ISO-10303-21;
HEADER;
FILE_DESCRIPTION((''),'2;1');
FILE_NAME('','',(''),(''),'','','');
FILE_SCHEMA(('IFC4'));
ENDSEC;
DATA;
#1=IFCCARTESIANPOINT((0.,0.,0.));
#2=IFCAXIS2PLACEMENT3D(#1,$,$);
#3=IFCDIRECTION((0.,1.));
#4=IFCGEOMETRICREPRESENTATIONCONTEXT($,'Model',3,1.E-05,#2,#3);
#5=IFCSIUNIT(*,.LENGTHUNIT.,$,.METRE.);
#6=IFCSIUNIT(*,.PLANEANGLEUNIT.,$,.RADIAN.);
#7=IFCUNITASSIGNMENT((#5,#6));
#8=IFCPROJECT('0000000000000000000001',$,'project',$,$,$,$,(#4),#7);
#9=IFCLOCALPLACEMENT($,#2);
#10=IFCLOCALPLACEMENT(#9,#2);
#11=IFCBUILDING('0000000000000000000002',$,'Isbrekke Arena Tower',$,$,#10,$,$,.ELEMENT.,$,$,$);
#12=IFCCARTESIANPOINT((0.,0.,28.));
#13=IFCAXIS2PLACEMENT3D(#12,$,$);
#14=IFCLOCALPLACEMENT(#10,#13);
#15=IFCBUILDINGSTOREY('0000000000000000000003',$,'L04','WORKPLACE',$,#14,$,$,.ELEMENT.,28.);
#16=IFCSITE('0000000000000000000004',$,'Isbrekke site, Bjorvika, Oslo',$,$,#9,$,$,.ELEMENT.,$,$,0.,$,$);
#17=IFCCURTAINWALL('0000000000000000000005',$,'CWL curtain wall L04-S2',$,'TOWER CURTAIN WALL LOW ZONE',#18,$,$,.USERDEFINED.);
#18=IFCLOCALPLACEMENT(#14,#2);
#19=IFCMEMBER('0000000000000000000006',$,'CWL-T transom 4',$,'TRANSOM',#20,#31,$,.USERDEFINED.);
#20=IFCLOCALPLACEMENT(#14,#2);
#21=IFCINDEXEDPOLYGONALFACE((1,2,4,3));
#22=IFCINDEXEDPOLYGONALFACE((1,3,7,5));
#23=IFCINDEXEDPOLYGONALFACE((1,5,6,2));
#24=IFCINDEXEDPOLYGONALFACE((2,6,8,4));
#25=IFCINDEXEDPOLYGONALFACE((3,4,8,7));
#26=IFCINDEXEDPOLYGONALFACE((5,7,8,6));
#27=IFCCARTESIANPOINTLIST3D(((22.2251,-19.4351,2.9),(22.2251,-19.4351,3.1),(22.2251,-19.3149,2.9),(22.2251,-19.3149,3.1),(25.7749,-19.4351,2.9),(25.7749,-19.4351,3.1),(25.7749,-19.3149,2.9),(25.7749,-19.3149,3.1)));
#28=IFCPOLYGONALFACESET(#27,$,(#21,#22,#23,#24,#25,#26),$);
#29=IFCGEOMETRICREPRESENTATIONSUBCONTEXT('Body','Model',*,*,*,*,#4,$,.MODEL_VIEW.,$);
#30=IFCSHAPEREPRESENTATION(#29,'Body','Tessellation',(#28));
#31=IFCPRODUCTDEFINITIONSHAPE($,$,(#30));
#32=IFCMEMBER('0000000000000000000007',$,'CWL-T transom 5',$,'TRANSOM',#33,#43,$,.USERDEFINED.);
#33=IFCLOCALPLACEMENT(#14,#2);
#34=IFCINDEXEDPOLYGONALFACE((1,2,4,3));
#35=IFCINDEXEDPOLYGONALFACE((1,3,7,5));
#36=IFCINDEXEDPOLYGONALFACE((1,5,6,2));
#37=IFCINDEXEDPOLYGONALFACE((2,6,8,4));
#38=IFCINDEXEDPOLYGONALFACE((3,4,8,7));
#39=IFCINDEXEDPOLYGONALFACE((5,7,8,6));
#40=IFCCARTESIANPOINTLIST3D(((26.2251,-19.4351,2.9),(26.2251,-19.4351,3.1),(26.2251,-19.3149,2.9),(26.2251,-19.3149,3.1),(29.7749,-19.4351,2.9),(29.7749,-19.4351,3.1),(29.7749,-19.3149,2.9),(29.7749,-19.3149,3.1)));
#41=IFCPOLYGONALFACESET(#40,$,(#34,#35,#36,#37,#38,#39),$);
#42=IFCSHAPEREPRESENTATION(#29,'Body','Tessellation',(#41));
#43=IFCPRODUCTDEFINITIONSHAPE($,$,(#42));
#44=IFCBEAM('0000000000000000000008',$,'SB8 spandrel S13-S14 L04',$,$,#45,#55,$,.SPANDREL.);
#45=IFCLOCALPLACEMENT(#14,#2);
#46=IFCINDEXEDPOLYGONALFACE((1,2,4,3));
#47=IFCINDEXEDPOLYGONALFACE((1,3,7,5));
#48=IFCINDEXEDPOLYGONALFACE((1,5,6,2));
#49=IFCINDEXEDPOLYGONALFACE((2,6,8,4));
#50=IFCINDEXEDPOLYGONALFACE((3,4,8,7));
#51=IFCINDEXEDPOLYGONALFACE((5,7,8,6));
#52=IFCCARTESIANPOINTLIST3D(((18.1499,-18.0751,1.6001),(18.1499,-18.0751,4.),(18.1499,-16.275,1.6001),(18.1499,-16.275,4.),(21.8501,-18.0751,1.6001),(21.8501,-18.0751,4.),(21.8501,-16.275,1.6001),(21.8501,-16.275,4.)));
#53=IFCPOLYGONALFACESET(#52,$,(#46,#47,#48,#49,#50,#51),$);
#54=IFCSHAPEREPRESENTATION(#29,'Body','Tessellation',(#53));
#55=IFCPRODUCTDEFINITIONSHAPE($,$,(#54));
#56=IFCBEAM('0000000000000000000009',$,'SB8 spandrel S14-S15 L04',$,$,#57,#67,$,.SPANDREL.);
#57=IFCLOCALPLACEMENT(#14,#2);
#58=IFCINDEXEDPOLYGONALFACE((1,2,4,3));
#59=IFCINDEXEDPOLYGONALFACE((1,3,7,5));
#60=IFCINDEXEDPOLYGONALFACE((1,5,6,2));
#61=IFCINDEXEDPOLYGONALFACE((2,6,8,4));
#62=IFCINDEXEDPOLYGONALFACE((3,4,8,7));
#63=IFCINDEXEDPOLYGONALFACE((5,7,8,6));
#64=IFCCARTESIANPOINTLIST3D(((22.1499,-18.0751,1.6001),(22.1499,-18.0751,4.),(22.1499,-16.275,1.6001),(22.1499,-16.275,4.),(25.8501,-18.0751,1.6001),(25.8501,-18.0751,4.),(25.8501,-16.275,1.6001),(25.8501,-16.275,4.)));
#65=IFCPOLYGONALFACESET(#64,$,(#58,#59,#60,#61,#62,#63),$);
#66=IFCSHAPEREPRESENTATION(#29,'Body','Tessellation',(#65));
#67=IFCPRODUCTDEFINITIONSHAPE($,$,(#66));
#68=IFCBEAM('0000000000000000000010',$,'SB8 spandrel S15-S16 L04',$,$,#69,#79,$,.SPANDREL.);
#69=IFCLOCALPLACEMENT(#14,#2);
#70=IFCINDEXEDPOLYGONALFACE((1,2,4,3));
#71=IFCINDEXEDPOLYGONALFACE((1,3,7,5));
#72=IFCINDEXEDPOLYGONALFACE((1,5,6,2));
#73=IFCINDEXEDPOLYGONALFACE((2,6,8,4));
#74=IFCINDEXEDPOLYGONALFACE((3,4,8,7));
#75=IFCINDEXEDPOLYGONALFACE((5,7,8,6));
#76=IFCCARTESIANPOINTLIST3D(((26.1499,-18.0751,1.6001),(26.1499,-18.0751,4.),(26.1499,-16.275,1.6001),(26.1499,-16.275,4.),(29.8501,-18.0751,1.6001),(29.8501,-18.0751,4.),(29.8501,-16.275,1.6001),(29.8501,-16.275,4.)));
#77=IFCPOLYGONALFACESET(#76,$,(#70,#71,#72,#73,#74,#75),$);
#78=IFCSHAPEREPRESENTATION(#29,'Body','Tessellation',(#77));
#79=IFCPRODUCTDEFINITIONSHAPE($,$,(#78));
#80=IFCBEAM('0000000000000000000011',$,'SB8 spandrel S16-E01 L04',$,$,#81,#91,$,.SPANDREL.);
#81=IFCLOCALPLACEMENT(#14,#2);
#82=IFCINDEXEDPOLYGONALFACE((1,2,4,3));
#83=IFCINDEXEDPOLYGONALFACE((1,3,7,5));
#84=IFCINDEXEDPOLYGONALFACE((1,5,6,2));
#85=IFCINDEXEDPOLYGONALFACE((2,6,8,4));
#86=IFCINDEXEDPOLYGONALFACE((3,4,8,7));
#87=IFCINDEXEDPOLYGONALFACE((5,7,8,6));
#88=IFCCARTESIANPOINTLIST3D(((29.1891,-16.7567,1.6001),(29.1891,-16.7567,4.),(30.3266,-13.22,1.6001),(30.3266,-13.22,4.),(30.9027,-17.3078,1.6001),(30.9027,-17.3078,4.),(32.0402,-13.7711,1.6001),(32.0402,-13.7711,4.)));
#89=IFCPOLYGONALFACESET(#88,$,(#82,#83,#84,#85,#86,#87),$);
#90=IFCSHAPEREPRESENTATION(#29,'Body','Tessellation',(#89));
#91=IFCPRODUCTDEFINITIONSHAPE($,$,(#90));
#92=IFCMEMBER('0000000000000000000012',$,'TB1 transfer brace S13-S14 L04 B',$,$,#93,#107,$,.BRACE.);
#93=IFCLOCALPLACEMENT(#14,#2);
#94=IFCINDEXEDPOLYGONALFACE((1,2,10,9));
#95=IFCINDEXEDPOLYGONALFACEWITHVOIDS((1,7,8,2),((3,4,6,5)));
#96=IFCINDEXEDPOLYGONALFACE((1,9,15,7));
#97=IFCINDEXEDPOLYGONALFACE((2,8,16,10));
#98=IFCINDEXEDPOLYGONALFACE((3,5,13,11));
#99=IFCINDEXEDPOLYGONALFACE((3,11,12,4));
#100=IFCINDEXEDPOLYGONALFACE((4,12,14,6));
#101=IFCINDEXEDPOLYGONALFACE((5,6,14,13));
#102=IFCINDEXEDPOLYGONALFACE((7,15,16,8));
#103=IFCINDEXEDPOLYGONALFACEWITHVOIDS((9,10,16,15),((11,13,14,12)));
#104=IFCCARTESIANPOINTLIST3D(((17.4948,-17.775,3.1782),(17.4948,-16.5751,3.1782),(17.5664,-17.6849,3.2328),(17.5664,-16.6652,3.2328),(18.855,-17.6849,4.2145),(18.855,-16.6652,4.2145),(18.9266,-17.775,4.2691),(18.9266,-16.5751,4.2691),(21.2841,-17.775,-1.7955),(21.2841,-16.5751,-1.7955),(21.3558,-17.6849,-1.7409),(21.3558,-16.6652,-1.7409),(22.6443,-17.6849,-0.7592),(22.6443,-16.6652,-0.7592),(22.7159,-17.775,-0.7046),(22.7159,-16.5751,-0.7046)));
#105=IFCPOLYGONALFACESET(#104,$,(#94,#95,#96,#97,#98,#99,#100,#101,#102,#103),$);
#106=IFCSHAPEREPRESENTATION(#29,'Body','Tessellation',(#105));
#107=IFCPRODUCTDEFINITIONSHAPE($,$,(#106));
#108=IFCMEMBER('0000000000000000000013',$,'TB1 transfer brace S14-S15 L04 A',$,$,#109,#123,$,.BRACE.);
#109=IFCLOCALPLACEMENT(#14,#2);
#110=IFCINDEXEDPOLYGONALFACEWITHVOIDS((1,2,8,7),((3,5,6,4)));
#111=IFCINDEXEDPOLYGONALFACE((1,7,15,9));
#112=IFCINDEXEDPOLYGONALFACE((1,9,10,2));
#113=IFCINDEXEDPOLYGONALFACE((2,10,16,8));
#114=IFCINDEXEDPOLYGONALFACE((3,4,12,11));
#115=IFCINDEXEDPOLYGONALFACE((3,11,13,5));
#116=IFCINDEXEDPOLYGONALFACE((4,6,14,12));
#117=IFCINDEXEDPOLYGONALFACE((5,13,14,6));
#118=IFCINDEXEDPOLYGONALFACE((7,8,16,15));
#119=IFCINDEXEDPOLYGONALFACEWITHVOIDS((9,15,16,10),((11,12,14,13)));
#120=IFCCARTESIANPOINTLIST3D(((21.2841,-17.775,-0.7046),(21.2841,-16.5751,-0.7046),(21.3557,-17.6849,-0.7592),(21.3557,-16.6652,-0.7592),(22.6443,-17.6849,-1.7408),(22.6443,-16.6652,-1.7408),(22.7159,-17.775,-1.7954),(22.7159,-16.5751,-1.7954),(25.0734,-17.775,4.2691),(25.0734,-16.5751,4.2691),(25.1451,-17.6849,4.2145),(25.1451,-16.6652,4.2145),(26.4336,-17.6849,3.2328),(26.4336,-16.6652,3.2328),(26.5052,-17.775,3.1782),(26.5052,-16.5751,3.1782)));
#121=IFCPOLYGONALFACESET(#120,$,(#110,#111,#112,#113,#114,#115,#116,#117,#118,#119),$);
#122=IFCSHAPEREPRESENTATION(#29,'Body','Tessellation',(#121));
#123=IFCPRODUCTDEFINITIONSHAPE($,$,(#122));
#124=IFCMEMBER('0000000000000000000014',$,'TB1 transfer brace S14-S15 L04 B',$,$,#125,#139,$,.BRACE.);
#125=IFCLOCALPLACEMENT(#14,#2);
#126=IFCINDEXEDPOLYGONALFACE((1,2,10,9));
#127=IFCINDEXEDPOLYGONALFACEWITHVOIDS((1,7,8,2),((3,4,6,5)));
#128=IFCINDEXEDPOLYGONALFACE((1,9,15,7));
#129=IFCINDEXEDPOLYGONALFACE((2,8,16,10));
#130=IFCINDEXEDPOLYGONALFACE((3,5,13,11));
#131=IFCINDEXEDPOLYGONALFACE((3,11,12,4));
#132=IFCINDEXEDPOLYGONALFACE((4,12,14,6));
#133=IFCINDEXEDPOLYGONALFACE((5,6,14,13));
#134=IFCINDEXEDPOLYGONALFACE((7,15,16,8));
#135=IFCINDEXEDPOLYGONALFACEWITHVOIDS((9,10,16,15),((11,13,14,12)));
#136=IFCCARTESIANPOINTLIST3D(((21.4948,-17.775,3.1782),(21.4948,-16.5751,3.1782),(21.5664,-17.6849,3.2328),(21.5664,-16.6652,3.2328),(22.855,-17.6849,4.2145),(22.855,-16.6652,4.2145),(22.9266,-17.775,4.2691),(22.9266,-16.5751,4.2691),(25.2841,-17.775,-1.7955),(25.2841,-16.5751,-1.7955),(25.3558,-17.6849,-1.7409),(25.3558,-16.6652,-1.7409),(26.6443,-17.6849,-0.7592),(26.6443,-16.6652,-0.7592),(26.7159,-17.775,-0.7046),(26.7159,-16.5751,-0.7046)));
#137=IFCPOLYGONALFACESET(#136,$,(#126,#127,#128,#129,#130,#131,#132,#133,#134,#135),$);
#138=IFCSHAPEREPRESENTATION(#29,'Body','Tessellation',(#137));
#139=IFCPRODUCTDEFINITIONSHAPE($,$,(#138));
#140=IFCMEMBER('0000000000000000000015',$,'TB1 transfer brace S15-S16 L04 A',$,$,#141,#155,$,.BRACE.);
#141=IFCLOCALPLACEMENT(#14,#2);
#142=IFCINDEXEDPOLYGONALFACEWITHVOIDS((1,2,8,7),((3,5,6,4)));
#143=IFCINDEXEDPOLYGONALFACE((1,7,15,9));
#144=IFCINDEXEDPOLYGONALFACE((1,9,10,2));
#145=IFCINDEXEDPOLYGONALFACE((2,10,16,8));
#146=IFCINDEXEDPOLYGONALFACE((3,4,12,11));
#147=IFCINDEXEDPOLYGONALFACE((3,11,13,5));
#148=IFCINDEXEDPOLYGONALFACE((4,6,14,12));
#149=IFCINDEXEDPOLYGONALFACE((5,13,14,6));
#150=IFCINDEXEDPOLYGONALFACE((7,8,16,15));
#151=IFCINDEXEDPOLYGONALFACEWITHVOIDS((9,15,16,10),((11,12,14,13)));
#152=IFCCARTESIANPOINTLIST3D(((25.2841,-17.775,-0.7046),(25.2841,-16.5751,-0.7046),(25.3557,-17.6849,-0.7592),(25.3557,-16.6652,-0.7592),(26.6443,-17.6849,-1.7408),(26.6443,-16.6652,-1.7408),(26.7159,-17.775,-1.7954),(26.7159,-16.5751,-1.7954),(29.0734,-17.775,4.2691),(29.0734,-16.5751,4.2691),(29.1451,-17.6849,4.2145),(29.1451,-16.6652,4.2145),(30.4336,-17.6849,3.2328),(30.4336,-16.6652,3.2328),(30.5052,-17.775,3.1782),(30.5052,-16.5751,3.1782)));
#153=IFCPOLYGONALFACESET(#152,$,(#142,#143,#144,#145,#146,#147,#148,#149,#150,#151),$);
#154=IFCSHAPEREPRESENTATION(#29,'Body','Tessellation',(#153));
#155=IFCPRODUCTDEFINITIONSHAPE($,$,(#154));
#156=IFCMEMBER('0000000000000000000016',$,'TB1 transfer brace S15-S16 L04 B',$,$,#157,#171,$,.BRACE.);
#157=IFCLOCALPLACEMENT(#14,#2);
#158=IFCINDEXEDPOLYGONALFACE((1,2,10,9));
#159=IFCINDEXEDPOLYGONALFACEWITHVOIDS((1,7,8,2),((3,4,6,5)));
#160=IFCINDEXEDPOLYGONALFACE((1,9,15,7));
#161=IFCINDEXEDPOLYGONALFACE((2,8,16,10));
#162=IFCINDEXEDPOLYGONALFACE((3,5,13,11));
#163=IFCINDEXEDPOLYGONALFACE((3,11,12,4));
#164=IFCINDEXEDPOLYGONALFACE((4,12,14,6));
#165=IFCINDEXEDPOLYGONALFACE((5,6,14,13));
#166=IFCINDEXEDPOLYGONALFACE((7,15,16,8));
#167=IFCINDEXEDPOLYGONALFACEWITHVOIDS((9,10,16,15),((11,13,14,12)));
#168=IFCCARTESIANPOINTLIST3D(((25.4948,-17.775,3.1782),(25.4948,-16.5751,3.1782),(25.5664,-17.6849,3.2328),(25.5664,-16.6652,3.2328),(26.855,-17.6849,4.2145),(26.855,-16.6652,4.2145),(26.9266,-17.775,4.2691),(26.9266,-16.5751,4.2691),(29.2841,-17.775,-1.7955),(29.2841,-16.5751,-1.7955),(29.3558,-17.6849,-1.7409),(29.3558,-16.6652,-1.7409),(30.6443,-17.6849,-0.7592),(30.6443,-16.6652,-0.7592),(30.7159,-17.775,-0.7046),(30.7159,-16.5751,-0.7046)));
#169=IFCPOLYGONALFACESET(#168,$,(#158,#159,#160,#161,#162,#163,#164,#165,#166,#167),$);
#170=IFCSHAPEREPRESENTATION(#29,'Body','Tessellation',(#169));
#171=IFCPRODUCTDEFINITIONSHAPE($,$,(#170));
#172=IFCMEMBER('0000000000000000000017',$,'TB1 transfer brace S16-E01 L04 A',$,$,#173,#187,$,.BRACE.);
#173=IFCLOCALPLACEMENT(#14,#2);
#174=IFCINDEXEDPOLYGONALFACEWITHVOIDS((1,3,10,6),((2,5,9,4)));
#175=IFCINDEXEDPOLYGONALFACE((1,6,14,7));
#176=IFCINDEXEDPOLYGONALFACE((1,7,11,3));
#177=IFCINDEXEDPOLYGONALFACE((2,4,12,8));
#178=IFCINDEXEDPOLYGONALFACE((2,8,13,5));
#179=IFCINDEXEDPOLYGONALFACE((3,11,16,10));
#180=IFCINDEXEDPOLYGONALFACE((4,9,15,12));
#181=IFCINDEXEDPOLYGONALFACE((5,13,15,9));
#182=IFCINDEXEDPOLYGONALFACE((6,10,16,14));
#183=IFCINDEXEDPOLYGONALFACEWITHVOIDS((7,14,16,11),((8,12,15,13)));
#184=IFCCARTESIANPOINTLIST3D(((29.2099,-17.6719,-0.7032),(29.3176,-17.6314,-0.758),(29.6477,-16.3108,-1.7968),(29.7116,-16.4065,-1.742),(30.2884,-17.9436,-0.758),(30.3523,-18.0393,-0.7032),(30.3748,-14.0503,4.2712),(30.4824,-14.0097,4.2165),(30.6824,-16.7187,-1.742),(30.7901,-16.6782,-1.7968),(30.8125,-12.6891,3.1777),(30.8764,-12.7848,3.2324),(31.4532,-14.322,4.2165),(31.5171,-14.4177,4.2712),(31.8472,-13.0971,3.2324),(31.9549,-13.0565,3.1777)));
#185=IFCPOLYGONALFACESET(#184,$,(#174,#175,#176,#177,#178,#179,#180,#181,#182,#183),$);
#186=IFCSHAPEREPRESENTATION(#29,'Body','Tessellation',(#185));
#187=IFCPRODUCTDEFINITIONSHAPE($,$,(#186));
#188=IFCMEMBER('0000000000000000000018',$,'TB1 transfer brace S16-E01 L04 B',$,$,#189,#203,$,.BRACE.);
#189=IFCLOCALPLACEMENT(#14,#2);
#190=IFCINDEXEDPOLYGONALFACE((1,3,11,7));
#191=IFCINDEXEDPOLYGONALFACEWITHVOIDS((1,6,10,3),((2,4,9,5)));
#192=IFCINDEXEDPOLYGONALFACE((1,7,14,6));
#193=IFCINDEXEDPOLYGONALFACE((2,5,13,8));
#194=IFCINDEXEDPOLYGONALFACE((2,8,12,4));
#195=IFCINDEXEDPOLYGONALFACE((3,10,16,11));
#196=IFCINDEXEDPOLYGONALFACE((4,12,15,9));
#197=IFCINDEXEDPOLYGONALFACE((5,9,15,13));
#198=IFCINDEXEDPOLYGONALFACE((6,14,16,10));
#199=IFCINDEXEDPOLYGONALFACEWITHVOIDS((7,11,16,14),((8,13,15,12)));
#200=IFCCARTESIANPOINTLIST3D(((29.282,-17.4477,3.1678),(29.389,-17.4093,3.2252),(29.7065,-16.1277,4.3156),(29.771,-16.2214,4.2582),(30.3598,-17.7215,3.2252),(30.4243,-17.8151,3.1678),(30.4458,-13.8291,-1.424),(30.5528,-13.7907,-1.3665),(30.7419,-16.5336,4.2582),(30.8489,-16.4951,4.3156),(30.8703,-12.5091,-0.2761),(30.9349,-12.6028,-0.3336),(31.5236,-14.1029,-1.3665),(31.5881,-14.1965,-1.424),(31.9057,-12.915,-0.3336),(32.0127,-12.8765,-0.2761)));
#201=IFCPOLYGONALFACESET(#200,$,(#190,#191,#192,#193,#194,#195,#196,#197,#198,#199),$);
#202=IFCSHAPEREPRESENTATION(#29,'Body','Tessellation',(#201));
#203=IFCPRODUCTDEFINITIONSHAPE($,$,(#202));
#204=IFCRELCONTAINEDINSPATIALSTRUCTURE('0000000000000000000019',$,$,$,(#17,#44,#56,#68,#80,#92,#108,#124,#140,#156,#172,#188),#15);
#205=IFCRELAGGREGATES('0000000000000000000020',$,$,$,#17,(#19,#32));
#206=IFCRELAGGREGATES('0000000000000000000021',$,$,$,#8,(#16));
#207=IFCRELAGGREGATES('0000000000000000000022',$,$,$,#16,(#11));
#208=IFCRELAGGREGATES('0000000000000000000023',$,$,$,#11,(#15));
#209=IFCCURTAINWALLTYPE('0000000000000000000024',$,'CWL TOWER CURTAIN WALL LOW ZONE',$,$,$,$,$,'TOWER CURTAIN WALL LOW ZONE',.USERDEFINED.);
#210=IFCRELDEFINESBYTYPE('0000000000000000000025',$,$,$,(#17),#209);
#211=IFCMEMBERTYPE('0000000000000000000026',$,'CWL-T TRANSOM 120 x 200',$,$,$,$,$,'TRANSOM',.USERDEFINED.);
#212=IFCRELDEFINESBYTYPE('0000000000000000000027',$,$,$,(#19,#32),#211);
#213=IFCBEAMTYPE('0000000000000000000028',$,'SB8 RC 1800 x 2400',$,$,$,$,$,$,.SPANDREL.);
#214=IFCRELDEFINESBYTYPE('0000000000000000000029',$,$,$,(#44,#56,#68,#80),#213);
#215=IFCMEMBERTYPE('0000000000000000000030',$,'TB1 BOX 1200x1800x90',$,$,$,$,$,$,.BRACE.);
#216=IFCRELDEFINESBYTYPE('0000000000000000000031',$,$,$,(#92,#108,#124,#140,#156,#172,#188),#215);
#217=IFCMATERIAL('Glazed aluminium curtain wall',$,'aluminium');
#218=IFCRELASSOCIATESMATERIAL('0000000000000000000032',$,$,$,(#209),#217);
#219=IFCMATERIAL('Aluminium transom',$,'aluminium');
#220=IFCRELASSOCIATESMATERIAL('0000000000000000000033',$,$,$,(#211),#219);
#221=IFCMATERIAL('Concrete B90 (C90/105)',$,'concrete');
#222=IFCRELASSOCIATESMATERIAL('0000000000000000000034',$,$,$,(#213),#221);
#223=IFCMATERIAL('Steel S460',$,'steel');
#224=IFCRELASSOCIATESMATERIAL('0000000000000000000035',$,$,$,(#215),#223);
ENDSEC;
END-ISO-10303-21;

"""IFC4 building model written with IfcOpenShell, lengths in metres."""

from ifc_helpers import new_model, si_unit, direction, frame, origin, origin_2d, place, context, subcontext, project, spatial, rectangle, hollow_rectangle, extrude, material, material_profile, profile_set, type_object, element, aggregate, save


model = new_model("IFC4")

# Units and contexts
model_context = context("Model", 3, precision=1e-05, world=origin(), true_north=direction((0.0, 1.0)))
body_context = subcontext(model_context, "Body", "Model", "MODEL_VIEW")
ifc_project = project(units=[si_unit("LENGTHUNIT", "METRE"), si_unit("PLANEANGLEUNIT", "RADIAN")], contexts=[model_context])

# Site, building, storey
site_placement = place(None, origin())
site = spatial("IfcSite", under=ifc_project, at=site_placement, Name="Isbrekke site, Bjorvika, Oslo", CompositionType="ELEMENT", RefElevation=0.0)
building_placement = place(site_placement, origin())
building = spatial("IfcBuilding", under=site, at=building_placement, Name="Isbrekke Arena Tower", CompositionType="ELEMENT")
storey_placement = place(building_placement, frame((0.0, 0.0, 28.0)))
storey = spatial("IfcBuildingStorey", under=building, at=storey_placement, Name="L04", Description="WORKPLACE", CompositionType="ELEMENT", Elevation=28.0)

# Curtain wall, members
ifc_material_1 = material(Name="Glazed aluminium curtain wall", Category="aluminium")
curtain_wall_type = type_object("IfcCurtainWallType", Name="CWL TOWER CURTAIN WALL LOW ZONE", ElementType="TOWER CURTAIN WALL LOW ZONE", PredefinedType="USERDEFINED", material=ifc_material_1)
curtain_wall_placement = place(storey_placement, origin())
curtain_wall = element("IfcCurtainWall", 1, at=curtain_wall_placement, inside=storey, type_object=curtain_wall_type, Name="CWL curtain wall L04-S2", ObjectType="TOWER CURTAIN WALL LOW ZONE", PredefinedType="USERDEFINED")
ifc_material_2 = material(Name="Aluminium transom", Category="aluminium")
ifc_material_profile_1 = material_profile(ifc_material_2, rectangle(XDim=0.1201, YDim=0.2, at=origin_2d()), Name="TRANSOM 120X200")
ifc_profile_set_1 = profile_set([ifc_material_profile_1], Name="Aluminium transom")
member_type_1 = type_object("IfcMemberType", Name="CWL-T TRANSOM 120 x 200", ElementType="TRANSOM", PredefinedType="USERDEFINED", material=ifc_profile_set_1)
member_1_placement = place(storey_placement, frame((22.2251, -19.375, 3.0), z_axis=(1.0, 0.0, 0.0), x_axis=(0.0, 1.0, 0.0)))
member_1 = element("IfcMember", 2, at=member_1_placement, type_object=member_type_1, Name="CWL-T transom 4", ObjectType="TRANSOM", PredefinedType="USERDEFINED", context=body_context, shape_type="SweptSolid", body=[
    extrude(rectangle(XDim=0.1201, YDim=0.2, at=origin_2d()), origin(), (0.0, 0.0, 1.0), 3.5498),
])
member_2_placement = place(storey_placement, frame((26.2251, -19.375, 3.0), z_axis=(1.0, 0.0, 0.0), x_axis=(0.0, 1.0, 0.0)))
member_2 = element("IfcMember", 3, at=member_2_placement, type_object=member_type_1, Name="CWL-T transom 5", ObjectType="TRANSOM", PredefinedType="USERDEFINED", context=body_context, shape_type="SweptSolid", body=[
    extrude(rectangle(XDim=0.1201, YDim=0.2, at=origin_2d()), origin(), (0.0, 0.0, 1.0), 3.5498),
])

# Beams
ifc_material_3 = material(Name="Concrete B90 (C90/105)", Category="concrete")
ifc_material_profile_2 = material_profile(ifc_material_3, rectangle(XDim=1.8, YDim=2.3999, at=origin_2d()), Name="RC 1800x2400")
ifc_profile_set_2 = profile_set([ifc_material_profile_2], Name="Concrete B90 (C90/105)")
beam_type_1 = type_object("IfcBeamType", Name="SB8 RC 1800 x 2400", PredefinedType="SPANDREL", material=ifc_profile_set_2)
for number, where, z_axis, x_axis, name in (
    (4, (18.1499, -17.175, 2.8), (1.0, 0.0, 0.0), (0.0, 1.0, 0.0), "SB8 spandrel S13-S14 L04"),
    (5, (22.1499, -17.175, 2.8), (1.0, 0.0, 0.0), (0.0, 1.0, 0.0), "SB8 spandrel S14-S15 L04"),
    (6, (26.1499, -17.175, 2.8), (1.0, 0.0, 0.0), (0.0, 1.0, 0.0), "SB8 spandrel S15-S16 L04"),
):
    element("IfcBeam", number, at=place(storey_placement, frame(where, z_axis=z_axis, x_axis=x_axis)), inside=storey, type_object=beam_type_1, Name=name, PredefinedType="SPANDREL", context=body_context, shape_type="SweptSolid", body=[
        extrude(rectangle(XDim=1.8, YDim=2.3999, at=origin_2d()), origin(), (0.0, 0.0, 1.0), 3.7002),
    ])
beam_placement = place(storey_placement, frame((30.0459, -17.0322, 2.8), z_axis=(0.306175, 0.951975, 0.0), x_axis=(-0.951975, 0.306175, 0.0)))
element("IfcBeam", 7, at=beam_placement, inside=storey, type_object=beam_type_1, Name="SB8 spandrel S16-E01 L04", PredefinedType="SPANDREL", context=body_context, shape_type="SweptSolid", body=[
    extrude(rectangle(XDim=1.8, YDim=2.3999, at=origin_2d()), origin(), (0.0, 0.0, 1.0), 3.7151),
])

# Members
ifc_material_4 = material(Name="Steel S460", Category="steel")
ifc_material_profile_3 = material_profile(ifc_material_4, hollow_rectangle(XDim=1.2, YDim=1.8, WallThickness=0.0901, at=origin_2d()), Name="BOX 1200x1800x90")
ifc_profile_set_3 = profile_set([ifc_material_profile_3], Name="Steel S460")
member_type_2 = type_object("IfcMemberType", Name="TB1 BOX 1200x1800x90", PredefinedType="BRACE", material=ifc_profile_set_3)
for number, where, z_axis, x_axis, name in (
    (8, (18.2107, -17.175, 3.7236), (0.60603, 0.0, -0.795442), (0.0, 1.0, 0.0), "TB1 transfer brace S13-S14 L04 B"),
    (9, (22.0, -17.175, -1.25), (0.60603, 0.0, 0.795442), (0.0, 1.0, 0.0), "TB1 transfer brace S14-S15 L04 A"),
    (10, (22.2107, -17.175, 3.7236), (0.60603, 0.0, -0.795442), (0.0, 1.0, 0.0), "TB1 transfer brace S14-S15 L04 B"),
    (11, (26.0, -17.175, -1.25), (0.60603, 0.0, 0.795442), (0.0, 1.0, 0.0), "TB1 transfer brace S15-S16 L04 A"),
    (12, (26.2107, -17.175, 3.7236), (0.60603, 0.0, -0.795442), (0.0, 1.0, 0.0), "TB1 transfer brace S15-S16 L04 B"),
):
    element("IfcMember", number, at=place(storey_placement, frame(where, z_axis=z_axis, x_axis=x_axis)), inside=storey, type_object=member_type_2, Name=name, PredefinedType="BRACE", context=body_context, shape_type="SweptSolid", body=[
        extrude(hollow_rectangle(XDim=1.2, YDim=1.8, WallThickness=0.0901, at=origin_2d()), origin(), (0.0, 0.0, 1.0), 6.2527),
    ])
member_3_placement = place(storey_placement, frame((30.0, -17.175, -1.25), z_axis=(0.186, 0.578311, 0.79433), x_axis=(-0.951974, 0.30618, 0.0)))
element("IfcMember", 13, at=member_3_placement, inside=storey, type_object=member_type_2, Name="TB1 transfer brace S16-E01 L04 A", PredefinedType="BRACE", context=body_context, shape_type="SweptSolid", body=[
    extrude(hollow_rectangle(XDim=1.2, YDim=1.8, WallThickness=0.0901, at=origin_2d()), origin(), (0.0, 0.0, 1.0), 6.2625),
])
member_4_placement = place(storey_placement, frame((30.0654, -16.9714, 3.7417), z_axis=(0.195238, 0.607053, -0.770304), x_axis=(-0.951976, 0.306171, 0.0)))
element("IfcMember", 14, at=member_4_placement, inside=storey, type_object=member_type_2, Name="TB1 transfer brace S16-E01 L04 B", PredefinedType="BRACE", context=body_context, shape_type="SweptSolid", body=[
    extrude(hollow_rectangle(XDim=1.2, YDim=1.8, WallThickness=0.0901, at=origin_2d()), origin(), (0.0, 0.0, 1.0), 5.9609),
])

aggregate(curtain_wall, [member_1, member_2])

save(model, "model.ifc")
